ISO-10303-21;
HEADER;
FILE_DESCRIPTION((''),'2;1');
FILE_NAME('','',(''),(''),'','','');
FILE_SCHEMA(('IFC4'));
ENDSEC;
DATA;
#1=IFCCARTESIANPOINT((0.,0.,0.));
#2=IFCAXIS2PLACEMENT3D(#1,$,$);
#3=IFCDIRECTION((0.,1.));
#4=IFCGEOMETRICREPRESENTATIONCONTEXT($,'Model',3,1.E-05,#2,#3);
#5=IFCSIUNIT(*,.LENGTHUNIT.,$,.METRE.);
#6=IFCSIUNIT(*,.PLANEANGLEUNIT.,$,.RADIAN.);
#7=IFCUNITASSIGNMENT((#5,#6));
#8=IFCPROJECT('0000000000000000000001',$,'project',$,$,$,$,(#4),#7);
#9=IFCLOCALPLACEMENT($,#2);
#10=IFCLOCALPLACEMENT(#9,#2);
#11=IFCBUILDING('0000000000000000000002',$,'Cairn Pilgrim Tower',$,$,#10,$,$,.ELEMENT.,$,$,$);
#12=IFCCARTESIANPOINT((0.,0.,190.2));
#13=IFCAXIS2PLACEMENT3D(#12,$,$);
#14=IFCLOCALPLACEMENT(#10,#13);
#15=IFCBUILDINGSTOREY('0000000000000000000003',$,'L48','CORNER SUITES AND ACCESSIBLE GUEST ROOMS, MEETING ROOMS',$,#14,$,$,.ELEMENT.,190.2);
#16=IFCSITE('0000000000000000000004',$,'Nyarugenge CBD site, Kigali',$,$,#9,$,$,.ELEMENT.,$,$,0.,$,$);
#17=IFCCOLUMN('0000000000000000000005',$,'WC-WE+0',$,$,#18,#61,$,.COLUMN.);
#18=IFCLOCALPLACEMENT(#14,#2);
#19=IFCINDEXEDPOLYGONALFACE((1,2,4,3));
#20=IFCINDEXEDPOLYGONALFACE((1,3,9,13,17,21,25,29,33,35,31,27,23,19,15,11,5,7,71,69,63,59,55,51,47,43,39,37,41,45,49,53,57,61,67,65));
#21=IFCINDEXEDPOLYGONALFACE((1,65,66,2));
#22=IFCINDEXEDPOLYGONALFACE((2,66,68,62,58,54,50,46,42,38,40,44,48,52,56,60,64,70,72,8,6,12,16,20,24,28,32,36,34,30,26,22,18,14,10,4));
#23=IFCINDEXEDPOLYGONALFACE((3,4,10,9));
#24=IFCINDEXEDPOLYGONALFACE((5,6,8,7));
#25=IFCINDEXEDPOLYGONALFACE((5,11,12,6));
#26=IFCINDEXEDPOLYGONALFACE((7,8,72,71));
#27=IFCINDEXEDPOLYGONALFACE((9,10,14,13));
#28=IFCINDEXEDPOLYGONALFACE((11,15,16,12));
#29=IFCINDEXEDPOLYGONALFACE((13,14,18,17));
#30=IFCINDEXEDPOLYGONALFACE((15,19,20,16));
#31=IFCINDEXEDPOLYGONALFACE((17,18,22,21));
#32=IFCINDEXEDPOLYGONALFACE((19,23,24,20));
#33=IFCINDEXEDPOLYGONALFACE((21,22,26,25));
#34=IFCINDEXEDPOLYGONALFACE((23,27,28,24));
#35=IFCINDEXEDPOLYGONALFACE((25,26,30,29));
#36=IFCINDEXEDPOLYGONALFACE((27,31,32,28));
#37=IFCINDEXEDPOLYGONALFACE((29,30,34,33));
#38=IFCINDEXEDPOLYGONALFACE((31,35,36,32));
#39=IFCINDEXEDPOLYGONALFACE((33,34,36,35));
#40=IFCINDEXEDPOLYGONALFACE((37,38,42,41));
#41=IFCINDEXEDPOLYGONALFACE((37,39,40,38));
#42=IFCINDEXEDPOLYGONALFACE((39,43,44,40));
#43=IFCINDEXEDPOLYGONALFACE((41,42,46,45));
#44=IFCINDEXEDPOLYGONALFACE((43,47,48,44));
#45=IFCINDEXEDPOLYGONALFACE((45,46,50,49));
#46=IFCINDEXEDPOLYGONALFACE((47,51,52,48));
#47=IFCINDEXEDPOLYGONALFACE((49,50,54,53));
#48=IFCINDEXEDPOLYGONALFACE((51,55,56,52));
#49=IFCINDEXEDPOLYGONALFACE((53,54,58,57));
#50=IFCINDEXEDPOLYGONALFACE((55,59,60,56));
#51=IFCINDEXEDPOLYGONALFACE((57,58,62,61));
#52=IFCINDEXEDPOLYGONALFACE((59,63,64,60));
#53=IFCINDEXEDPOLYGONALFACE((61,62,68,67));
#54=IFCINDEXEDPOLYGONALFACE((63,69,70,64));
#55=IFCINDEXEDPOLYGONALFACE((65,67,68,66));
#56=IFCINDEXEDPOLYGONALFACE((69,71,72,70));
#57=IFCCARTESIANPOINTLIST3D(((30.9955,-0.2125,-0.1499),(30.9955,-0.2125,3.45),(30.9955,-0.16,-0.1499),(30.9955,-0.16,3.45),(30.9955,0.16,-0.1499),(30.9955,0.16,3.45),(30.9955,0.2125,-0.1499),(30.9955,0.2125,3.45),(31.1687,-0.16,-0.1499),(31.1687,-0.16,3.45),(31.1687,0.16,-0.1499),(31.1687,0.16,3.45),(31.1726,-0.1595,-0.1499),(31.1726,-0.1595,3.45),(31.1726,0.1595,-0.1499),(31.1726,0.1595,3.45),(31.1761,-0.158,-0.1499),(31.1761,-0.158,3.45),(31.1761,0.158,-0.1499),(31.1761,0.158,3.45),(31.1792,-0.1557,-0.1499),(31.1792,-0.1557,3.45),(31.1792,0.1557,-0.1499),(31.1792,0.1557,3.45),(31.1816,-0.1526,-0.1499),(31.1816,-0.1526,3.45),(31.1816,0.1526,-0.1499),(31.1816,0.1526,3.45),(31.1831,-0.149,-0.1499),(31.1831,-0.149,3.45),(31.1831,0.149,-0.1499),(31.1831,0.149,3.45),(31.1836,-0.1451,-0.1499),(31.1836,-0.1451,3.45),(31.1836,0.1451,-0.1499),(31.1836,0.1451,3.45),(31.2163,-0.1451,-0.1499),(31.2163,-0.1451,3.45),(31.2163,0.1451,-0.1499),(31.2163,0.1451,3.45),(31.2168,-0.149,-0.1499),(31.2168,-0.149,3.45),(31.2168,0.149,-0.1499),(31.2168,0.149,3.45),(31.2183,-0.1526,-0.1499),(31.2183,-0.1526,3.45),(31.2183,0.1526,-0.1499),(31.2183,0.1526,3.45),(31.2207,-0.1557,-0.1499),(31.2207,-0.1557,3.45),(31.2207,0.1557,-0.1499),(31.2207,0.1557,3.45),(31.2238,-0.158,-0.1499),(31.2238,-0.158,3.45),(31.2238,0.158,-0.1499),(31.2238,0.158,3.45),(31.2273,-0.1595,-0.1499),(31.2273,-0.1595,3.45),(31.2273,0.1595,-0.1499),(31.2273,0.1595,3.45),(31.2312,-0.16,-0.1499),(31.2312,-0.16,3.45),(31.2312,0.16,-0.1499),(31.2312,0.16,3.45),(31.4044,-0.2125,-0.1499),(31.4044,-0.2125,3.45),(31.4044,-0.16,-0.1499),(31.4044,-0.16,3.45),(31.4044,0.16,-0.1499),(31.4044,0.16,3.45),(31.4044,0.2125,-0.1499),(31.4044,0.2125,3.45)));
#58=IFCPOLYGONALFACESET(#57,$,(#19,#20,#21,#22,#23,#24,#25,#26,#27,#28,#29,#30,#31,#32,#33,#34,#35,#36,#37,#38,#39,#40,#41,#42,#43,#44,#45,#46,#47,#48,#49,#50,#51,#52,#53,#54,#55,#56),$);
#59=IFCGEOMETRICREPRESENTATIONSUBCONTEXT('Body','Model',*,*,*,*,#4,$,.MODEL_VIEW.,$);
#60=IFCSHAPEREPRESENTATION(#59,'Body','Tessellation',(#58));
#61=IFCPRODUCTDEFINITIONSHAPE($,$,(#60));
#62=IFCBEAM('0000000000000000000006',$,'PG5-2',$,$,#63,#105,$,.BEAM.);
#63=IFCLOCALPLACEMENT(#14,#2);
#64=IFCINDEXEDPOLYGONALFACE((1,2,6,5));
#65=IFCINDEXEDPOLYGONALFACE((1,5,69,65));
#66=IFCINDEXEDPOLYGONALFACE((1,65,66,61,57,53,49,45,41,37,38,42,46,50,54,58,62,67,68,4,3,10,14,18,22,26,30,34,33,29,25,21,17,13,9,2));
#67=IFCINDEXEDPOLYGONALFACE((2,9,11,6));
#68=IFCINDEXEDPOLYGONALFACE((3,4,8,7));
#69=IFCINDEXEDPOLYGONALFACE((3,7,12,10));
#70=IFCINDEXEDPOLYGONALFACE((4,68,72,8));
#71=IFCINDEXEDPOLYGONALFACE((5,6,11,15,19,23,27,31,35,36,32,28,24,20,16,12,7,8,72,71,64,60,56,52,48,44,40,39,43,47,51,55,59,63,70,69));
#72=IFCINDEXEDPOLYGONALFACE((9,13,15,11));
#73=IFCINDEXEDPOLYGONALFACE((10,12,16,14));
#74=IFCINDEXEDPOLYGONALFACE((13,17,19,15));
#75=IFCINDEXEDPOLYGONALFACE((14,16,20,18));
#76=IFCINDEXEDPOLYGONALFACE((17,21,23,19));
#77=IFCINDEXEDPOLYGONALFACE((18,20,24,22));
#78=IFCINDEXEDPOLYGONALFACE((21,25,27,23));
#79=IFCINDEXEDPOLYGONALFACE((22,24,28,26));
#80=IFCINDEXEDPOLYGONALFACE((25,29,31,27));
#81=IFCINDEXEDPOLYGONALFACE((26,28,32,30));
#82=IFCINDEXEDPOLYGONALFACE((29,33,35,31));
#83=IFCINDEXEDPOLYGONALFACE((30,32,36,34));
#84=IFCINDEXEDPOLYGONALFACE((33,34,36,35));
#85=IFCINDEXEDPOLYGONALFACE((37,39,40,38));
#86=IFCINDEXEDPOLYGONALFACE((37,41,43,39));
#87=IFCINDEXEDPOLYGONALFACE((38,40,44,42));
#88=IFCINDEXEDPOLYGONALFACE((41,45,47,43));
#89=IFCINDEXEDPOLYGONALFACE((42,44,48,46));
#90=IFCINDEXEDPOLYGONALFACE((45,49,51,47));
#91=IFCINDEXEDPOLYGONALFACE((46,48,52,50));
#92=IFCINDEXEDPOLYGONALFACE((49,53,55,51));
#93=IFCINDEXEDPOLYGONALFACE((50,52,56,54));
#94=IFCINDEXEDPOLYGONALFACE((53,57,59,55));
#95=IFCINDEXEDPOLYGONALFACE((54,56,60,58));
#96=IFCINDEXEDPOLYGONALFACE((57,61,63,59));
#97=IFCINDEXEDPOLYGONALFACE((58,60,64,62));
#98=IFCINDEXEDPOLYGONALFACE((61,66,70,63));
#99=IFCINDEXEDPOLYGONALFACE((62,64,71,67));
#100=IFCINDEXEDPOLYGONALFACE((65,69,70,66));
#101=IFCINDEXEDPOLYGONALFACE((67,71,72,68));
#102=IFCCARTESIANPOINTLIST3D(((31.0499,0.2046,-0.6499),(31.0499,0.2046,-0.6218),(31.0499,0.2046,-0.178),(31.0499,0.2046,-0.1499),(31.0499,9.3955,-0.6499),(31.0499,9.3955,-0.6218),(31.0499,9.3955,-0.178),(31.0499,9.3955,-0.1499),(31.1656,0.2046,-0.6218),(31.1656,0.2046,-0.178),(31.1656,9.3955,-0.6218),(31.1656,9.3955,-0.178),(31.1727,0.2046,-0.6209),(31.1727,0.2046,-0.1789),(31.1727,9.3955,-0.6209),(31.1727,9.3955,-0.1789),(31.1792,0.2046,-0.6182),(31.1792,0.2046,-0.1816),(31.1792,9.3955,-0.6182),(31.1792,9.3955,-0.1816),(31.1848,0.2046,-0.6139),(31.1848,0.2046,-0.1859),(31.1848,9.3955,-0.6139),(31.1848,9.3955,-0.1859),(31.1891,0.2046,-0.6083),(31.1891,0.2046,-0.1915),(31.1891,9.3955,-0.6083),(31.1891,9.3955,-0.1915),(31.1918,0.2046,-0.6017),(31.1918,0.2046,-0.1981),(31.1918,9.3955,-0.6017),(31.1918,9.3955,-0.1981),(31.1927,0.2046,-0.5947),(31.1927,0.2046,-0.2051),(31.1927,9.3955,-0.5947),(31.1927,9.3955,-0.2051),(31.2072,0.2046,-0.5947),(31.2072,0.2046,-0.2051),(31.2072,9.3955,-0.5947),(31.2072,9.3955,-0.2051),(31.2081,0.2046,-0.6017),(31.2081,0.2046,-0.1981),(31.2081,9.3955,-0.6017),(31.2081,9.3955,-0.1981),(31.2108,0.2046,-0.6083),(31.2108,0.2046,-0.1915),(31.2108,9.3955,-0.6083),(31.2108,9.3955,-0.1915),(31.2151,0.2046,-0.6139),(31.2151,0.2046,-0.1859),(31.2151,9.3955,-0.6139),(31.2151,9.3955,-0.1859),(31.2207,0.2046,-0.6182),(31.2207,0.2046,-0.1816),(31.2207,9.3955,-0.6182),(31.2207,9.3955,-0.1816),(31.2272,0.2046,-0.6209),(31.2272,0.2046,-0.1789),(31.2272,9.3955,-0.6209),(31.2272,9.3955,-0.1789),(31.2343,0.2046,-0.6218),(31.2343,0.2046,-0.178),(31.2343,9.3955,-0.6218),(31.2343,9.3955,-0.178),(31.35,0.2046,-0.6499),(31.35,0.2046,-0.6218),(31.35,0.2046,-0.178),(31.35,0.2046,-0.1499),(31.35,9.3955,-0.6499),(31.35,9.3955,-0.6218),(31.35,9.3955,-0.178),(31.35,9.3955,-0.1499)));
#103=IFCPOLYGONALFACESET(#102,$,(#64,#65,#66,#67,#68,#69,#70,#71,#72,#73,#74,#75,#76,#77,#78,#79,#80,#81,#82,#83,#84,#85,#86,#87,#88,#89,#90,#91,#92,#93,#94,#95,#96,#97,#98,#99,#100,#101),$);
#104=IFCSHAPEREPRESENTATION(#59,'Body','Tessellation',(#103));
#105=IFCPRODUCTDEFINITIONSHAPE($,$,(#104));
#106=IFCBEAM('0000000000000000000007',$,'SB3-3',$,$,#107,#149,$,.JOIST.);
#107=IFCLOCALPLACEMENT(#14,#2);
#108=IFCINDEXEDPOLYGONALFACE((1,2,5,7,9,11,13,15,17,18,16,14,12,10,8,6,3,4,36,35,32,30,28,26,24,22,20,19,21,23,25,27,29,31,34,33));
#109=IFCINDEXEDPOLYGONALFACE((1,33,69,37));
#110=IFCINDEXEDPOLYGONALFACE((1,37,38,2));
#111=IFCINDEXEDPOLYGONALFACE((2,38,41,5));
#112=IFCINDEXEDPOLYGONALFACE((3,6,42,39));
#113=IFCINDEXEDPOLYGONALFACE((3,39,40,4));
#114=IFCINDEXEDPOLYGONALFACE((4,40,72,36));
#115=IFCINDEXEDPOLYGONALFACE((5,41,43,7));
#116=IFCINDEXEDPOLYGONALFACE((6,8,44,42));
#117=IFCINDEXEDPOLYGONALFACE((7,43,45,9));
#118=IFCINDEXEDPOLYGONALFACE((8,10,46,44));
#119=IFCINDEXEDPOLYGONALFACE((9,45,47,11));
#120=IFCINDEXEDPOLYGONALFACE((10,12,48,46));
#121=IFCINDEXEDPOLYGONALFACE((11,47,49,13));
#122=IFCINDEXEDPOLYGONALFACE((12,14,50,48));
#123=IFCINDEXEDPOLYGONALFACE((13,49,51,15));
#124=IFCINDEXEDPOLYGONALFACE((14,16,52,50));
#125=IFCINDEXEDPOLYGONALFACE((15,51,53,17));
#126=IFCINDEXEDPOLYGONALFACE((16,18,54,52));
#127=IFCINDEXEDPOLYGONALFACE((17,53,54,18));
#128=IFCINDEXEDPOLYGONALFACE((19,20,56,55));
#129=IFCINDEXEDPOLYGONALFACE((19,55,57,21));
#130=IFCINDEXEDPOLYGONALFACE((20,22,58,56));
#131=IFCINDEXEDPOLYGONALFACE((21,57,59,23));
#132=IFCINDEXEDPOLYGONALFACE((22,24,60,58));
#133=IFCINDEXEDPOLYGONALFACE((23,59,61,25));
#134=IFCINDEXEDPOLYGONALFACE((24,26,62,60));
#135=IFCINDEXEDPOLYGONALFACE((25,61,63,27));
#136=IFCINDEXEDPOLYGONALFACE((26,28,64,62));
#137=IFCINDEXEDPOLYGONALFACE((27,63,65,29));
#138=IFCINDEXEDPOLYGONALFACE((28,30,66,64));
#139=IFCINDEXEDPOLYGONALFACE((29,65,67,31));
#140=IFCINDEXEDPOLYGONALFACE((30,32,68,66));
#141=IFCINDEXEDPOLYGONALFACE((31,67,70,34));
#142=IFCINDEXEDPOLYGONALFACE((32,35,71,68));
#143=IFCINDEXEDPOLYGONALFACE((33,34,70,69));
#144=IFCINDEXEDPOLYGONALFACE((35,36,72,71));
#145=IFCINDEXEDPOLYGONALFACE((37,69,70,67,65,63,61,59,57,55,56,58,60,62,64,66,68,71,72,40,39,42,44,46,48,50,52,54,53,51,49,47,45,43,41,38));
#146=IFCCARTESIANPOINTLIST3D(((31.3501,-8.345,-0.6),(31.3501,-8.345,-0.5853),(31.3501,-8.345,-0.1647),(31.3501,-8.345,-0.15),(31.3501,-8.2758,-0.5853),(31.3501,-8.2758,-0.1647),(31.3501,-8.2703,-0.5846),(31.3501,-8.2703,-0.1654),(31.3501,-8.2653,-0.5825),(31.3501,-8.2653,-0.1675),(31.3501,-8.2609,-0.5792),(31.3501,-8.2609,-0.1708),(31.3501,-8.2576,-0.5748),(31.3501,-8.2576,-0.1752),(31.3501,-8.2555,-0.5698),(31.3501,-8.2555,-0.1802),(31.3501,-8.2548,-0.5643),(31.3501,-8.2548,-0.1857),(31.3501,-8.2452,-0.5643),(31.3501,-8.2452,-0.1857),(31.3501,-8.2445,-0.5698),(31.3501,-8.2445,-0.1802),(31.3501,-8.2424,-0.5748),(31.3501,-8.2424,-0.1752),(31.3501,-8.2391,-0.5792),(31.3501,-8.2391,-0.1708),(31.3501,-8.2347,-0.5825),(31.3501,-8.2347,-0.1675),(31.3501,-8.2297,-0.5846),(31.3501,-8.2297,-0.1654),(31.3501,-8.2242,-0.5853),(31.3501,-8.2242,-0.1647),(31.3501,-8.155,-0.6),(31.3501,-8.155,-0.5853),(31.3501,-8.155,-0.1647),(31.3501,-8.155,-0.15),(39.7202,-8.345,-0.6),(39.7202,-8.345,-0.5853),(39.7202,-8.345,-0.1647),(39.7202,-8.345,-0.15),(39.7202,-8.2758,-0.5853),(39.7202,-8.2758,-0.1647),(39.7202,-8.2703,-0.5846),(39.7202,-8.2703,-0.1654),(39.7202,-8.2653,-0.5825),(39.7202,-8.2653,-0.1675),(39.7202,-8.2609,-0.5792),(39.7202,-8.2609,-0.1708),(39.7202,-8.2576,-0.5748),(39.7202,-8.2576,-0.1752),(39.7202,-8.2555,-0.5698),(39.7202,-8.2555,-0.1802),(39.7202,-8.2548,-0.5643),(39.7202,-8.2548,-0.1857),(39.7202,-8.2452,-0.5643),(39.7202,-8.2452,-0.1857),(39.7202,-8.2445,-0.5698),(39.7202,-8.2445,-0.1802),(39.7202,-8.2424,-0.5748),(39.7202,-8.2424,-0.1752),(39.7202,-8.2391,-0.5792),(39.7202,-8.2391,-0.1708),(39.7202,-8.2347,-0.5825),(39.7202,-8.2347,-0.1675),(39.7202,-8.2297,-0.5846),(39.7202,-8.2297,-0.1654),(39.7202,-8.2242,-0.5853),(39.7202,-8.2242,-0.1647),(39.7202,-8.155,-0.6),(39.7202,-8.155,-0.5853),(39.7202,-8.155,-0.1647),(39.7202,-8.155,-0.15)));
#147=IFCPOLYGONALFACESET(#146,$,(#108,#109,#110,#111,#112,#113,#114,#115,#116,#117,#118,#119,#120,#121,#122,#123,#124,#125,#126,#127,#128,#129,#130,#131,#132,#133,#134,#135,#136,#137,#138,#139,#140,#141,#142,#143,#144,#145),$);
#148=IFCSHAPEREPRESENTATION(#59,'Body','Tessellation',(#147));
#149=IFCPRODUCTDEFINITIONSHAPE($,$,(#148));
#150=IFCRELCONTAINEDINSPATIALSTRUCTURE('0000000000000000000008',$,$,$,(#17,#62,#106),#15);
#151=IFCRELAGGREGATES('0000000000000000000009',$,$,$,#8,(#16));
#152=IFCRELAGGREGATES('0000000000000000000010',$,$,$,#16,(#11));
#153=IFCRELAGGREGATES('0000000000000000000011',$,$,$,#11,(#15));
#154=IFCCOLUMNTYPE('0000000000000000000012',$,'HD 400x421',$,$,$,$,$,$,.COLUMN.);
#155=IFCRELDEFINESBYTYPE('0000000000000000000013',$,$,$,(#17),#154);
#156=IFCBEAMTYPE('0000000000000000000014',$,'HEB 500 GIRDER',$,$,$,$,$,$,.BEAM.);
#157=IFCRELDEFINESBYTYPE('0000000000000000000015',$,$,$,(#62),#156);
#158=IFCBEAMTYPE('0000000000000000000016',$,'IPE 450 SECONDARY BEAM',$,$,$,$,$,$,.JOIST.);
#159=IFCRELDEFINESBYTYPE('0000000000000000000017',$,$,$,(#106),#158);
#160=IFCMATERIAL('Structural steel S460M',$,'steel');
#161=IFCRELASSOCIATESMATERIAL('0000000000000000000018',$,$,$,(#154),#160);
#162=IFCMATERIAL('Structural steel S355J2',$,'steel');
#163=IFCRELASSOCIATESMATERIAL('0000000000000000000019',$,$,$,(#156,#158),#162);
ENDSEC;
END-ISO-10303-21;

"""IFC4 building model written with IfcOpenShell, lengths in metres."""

from ifc_helpers import new_model, si_unit, direction, frame, origin, origin_2d, place, context, subcontext, project, spatial, i_section, extrude, material, material_profile, profile_set, type_object, element, save


model = new_model("IFC4")

# Units and contexts
model_context = context("Model", 3, precision=1e-05, world=origin(), true_north=direction((0.0, 1.0)))
body_context = subcontext(model_context, "Body", "Model", "MODEL_VIEW")
ifc_project = project(units=[si_unit("LENGTHUNIT", "METRE"), si_unit("PLANEANGLEUNIT", "RADIAN")], contexts=[model_context])

# Site, building, storey
site_placement = place(None, origin())
site = spatial("IfcSite", under=ifc_project, at=site_placement, Name="Nyarugenge CBD site, Kigali", CompositionType="ELEMENT", RefElevation=0.0)
building_placement = place(site_placement, origin())
building = spatial("IfcBuilding", under=site, at=building_placement, Name="Cairn Pilgrim Tower", CompositionType="ELEMENT")
storey_placement = place(building_placement, frame((0.0, 0.0, 190.2)))
storey = spatial("IfcBuildingStorey", under=building, at=storey_placement, Name="L48", Description="CORNER SUITES AND ACCESSIBLE GUEST ROOMS, MEETING ROOMS", CompositionType="ELEMENT", Elevation=190.2)

# Column
ifc_material_1 = material(Name="Structural steel S460M", Category="steel")
ifc_material_profile_1 = material_profile(ifc_material_1, i_section(OverallWidth=0.4089, OverallDepth=0.425, WebThickness=0.0327, FlangeThickness=0.0525, FilletRadius=0.0149, at=origin_2d()), Name="HD 400x421")
ifc_profile_set_1 = profile_set([ifc_material_profile_1], Name="Structural steel S460M")
column_type = type_object("IfcColumnType", Name="HD 400x421", PredefinedType="COLUMN", material=ifc_profile_set_1)
column_placement = place(storey_placement, frame((31.2, 0.0, -0.1499), z_axis=(0.0, 0.0, 1.0), x_axis=(1.0, 0.0, 0.0)))
element("IfcColumn", 1, at=column_placement, inside=storey, type_object=column_type, Name="WC-WE+0", PredefinedType="COLUMN", context=body_context, shape_type="SweptSolid", body=[
    extrude(i_section(OverallWidth=0.4089, OverallDepth=0.425, WebThickness=0.0327, FlangeThickness=0.0525, FilletRadius=0.0149, at=origin_2d()), origin(), (0.0, 0.0, 1.0), 3.5999),
])

# Beams
ifc_material_2 = material(Name="Structural steel S355J2", Category="steel")
ifc_material_profile_2 = material_profile(ifc_material_2, i_section(OverallWidth=0.3, OverallDepth=0.5, WebThickness=0.0144, FlangeThickness=0.0281, FilletRadius=0.0271, at=origin_2d()), Name="HEB 500")
ifc_profile_set_2 = profile_set([ifc_material_profile_2], Name="Structural steel S355J2")
beam_type_1 = type_object("IfcBeamType", Name="HEB 500 GIRDER", PredefinedType="BEAM", material=ifc_profile_set_2)
beam_1_placement = place(storey_placement, frame((31.2, 0.2046, -0.3999), z_axis=(0.0, 1.0, 0.0), x_axis=(-1.0, 0.0, 0.0)))
element("IfcBeam", 2, at=beam_1_placement, inside=storey, type_object=beam_type_1, Name="PG5-2", PredefinedType="BEAM", context=body_context, shape_type="SweptSolid", body=[
    extrude(i_section(OverallWidth=0.3, OverallDepth=0.5, WebThickness=0.0144, FlangeThickness=0.0281, FilletRadius=0.0271, at=origin_2d()), origin(), (0.0, 0.0, 1.0), 9.1909),
])
ifc_material_profile_3 = material_profile(ifc_material_2, i_section(OverallWidth=0.1899, OverallDepth=0.45, WebThickness=0.0095, FlangeThickness=0.0146, FilletRadius=0.021, at=origin_2d()), Name="IPE 450")
ifc_profile_set_3 = profile_set([ifc_material_profile_3], Name="Structural steel S355J2")
beam_type_2 = type_object("IfcBeamType", Name="IPE 450 SECONDARY BEAM", PredefinedType="JOIST", material=ifc_profile_set_3)
beam_2_placement = place(storey_placement, frame((31.3501, -8.25, -0.375), z_axis=(1.0, 0.0, 0.0), x_axis=(0.0, 1.0, 0.0)))
element("IfcBeam", 3, at=beam_2_placement, inside=storey, type_object=beam_type_2, Name="SB3-3", PredefinedType="JOIST", context=body_context, shape_type="SweptSolid", body=[
    extrude(i_section(OverallWidth=0.1899, OverallDepth=0.45, WebThickness=0.0095, FlangeThickness=0.0146, FilletRadius=0.021, at=origin_2d()), origin(), (0.0, 0.0, 1.0), 8.3701),
])

save(model, "model.ifc")
